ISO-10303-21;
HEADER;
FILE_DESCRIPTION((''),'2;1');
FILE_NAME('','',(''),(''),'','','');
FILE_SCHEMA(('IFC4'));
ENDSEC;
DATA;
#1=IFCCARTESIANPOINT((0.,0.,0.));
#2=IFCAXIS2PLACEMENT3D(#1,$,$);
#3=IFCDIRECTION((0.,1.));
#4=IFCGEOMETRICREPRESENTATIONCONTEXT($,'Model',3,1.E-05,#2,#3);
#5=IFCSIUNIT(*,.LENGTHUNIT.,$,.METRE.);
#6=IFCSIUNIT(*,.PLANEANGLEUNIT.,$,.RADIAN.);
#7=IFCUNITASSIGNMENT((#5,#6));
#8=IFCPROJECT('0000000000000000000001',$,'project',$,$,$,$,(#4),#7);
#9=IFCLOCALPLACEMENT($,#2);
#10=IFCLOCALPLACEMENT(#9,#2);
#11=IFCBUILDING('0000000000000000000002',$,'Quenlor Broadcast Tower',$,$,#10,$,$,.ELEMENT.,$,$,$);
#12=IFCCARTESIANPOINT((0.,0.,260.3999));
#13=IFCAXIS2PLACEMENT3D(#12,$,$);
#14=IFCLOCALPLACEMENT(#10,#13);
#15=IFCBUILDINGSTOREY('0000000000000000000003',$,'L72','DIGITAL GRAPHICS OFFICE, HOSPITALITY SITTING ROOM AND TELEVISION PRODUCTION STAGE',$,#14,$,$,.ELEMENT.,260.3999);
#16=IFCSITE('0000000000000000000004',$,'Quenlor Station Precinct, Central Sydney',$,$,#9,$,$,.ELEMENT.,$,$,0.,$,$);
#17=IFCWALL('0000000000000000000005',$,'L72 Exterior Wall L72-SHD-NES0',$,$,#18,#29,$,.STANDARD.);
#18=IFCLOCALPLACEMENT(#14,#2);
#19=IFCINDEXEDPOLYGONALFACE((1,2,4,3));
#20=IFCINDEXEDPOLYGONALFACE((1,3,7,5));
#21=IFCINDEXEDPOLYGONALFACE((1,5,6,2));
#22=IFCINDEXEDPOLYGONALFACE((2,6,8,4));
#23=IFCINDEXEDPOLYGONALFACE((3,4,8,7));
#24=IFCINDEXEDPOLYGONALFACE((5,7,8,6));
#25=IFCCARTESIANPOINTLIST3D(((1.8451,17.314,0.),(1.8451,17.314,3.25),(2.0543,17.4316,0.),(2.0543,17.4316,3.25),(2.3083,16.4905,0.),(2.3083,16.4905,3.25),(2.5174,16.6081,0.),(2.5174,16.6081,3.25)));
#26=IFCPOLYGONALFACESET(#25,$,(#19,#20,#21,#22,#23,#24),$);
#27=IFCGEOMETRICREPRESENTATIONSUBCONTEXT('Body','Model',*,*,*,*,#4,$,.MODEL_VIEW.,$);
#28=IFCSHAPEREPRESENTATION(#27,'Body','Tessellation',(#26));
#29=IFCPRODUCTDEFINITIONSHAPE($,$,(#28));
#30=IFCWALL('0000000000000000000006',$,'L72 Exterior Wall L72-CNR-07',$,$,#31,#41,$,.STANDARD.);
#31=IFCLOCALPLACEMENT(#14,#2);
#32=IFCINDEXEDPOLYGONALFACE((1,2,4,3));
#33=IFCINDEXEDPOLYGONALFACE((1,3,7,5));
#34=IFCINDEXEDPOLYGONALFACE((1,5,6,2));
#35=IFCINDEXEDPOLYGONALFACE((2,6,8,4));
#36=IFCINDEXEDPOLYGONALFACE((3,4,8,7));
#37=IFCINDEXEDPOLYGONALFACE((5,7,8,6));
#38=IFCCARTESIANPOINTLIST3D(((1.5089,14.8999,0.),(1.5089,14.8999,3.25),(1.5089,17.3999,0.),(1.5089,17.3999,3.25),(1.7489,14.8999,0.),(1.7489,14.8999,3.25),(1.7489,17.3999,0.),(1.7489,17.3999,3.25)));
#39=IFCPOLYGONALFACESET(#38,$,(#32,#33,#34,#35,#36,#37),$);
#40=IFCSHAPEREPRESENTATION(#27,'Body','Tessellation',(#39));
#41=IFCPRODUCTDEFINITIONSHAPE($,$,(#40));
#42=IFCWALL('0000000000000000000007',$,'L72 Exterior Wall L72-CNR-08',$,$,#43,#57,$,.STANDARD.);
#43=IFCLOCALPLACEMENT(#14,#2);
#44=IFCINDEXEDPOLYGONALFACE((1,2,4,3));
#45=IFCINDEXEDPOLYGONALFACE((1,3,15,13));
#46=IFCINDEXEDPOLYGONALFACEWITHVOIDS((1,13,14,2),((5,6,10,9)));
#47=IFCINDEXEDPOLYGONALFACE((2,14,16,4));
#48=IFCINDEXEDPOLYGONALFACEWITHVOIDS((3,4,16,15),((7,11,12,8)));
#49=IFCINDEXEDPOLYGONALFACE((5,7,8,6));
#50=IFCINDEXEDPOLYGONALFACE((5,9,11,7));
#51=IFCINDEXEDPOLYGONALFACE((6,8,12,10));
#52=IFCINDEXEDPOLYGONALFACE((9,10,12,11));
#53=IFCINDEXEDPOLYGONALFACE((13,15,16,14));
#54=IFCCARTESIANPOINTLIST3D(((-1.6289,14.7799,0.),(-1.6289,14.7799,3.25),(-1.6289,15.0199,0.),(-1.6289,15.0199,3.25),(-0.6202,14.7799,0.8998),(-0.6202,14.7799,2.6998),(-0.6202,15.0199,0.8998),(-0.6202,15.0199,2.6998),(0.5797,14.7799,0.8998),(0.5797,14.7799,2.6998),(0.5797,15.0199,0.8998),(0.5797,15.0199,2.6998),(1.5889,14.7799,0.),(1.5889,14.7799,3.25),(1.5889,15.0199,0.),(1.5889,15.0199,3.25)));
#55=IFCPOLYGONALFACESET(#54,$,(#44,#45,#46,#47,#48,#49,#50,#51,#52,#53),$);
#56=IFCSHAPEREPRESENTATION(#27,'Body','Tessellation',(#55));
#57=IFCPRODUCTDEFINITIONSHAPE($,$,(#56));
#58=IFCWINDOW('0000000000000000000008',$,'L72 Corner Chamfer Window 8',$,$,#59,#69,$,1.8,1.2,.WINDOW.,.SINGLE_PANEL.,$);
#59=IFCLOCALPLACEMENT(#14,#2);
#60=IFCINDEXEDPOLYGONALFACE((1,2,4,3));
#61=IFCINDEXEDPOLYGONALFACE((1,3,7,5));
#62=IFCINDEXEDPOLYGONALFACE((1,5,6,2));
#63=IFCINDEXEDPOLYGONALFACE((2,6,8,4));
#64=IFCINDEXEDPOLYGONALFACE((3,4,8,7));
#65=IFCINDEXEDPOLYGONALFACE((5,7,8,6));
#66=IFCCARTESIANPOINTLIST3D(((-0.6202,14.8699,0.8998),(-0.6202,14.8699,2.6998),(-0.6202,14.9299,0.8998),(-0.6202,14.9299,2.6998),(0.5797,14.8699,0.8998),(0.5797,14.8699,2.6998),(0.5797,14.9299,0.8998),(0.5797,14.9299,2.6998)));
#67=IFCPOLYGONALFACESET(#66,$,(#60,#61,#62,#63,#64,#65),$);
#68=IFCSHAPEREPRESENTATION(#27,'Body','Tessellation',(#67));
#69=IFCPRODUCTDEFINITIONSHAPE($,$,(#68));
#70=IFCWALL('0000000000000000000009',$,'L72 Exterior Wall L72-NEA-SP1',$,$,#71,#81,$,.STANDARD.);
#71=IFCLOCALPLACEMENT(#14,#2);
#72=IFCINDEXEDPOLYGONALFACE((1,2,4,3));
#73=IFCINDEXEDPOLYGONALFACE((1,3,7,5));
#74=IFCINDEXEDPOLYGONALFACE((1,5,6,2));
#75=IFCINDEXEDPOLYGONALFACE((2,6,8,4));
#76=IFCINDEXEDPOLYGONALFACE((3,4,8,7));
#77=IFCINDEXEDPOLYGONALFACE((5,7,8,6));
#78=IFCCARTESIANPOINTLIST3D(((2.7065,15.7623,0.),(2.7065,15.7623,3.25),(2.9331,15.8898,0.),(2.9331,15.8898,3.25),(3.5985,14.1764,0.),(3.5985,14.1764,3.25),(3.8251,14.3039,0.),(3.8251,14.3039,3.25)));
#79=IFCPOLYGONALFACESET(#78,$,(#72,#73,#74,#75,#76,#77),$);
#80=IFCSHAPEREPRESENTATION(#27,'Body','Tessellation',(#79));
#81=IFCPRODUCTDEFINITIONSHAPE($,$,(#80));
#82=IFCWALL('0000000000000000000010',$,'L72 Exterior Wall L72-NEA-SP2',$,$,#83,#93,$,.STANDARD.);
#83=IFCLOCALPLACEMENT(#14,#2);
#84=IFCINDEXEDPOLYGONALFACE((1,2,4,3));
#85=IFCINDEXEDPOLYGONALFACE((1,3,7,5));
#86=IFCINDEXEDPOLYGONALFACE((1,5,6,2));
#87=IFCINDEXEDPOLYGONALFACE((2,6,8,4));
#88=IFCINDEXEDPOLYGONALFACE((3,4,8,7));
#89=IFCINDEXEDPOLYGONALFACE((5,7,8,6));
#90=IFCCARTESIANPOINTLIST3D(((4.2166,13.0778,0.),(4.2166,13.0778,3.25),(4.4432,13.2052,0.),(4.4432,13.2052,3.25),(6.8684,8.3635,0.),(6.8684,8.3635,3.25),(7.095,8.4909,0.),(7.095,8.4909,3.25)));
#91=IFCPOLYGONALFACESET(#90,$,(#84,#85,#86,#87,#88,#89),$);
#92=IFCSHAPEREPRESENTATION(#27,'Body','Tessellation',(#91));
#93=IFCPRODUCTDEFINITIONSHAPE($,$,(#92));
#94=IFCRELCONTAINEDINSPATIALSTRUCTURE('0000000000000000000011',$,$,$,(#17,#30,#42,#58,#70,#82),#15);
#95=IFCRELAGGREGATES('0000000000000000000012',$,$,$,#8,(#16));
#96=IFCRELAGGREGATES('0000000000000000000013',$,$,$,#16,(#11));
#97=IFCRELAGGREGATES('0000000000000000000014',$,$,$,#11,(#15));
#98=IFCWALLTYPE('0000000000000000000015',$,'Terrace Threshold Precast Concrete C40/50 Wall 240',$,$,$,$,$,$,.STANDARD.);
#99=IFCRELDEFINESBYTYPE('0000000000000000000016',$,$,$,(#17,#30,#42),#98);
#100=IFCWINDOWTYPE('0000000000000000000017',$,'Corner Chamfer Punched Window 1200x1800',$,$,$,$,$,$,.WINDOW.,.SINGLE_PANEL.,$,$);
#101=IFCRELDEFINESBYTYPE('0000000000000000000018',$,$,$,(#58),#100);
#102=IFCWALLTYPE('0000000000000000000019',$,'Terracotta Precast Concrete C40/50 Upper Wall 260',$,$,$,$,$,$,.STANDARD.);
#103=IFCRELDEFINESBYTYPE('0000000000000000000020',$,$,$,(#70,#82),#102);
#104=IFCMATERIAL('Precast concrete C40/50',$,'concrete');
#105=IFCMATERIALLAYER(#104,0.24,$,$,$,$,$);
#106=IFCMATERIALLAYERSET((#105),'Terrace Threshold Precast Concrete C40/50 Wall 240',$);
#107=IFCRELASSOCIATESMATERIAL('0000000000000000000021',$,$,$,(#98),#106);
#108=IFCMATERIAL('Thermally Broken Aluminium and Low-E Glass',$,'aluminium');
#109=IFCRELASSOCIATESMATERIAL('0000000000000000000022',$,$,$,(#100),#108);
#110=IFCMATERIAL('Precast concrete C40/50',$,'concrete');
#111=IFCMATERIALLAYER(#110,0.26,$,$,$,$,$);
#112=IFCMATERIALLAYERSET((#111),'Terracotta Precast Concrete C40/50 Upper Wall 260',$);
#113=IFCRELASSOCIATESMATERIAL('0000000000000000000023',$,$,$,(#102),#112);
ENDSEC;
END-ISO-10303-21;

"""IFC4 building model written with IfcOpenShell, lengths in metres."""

from ifc_helpers import new_model, si_unit, direction, frame, frame_2d, origin, place, context, subcontext, project, spatial, rectangle, extrude, material, layer, layer_set, type_object, element, fill, save


model = new_model("IFC4")

# Units and contexts
model_context = context("Model", 3, precision=1e-05, world=origin(), true_north=direction((0.0, 1.0)))
body_context = subcontext(model_context, "Body", "Model", "MODEL_VIEW")
ifc_project = project(units=[si_unit("LENGTHUNIT", "METRE"), si_unit("PLANEANGLEUNIT", "RADIAN")], contexts=[model_context])

# Site, building, storey
site_placement = place(None, origin())
site = spatial("IfcSite", under=ifc_project, at=site_placement, Name="Quenlor Station Precinct, Central Sydney", CompositionType="ELEMENT", RefElevation=0.0)
building_placement = place(site_placement, origin())
building = spatial("IfcBuilding", under=site, at=building_placement, Name="Quenlor Broadcast Tower", CompositionType="ELEMENT")
storey_placement = place(building_placement, frame((0.0, 0.0, 260.3999)))
storey = spatial("IfcBuildingStorey", under=building, at=storey_placement, Name="L72", Description="DIGITAL GRAPHICS OFFICE, HOSPITALITY SITTING ROOM AND TELEVISION PRODUCTION STAGE", CompositionType="ELEMENT", Elevation=260.3999)

# Walls
ifc_material_1 = material(Name="Precast concrete C40/50", Category="concrete")
ifc_layer_1 = layer(ifc_material_1, 0.24)
ifc_layer_set_1 = layer_set([ifc_layer_1], Name="Terrace Threshold Precast Concrete C40/50 Wall 240")
wall_type_1 = type_object("IfcWallType", Name="Terrace Threshold Precast Concrete C40/50 Wall 240", PredefinedType="STANDARD", material=ifc_layer_set_1)
wall_1_placement = place(storey_placement, frame((1.9497, 17.3728, 0.0), z_axis=(0.0, 0.0, 1.0), x_axis=(0.4902, -0.87161, 0.0)))
element("IfcWall", 1, at=wall_1_placement, inside=storey, type_object=wall_type_1, Name="L72 Exterior Wall L72-SHD-NES0", PredefinedType="STANDARD", context=body_context, shape_type="SweptSolid", body=[
    extrude(rectangle(XDim=0.9448, YDim=0.24, at=frame_2d((0.4724, 0.0))), origin(), (0.0, 0.0, 1.0), 3.25),
])
wall_2_placement = place(storey_placement, frame((1.6289, 17.3999, 0.0), z_axis=(0.0, 0.0, 1.0), x_axis=(0.0, -1.0, 0.0)))
element("IfcWall", 2, at=wall_2_placement, inside=storey, type_object=wall_type_1, Name="L72 Exterior Wall L72-CNR-07", PredefinedType="STANDARD", context=body_context, shape_type="SweptSolid", body=[
    extrude(rectangle(XDim=2.5, YDim=0.24, at=frame_2d((1.25, 0.0))), origin(), (0.0, 0.0, 1.0), 3.25),
])

# Wall, opening, window
wall_3_placement = place(storey_placement, frame((1.5889, 14.8999, 0.0), z_axis=(0.0, 0.0, 1.0), x_axis=(-1.0, 0.0, 0.0)))
wall_3 = element("IfcWall", 3, at=wall_3_placement, inside=storey, type_object=wall_type_1, Name="L72 Exterior Wall L72-CNR-08", PredefinedType="STANDARD", context=body_context, shape_type="SweptSolid", body=[
    extrude(rectangle(XDim=3.2178, YDim=0.24, at=frame_2d((1.6089, 0.0))), origin(), (0.0, 0.0, 1.0), 3.25),
])
opening_placement = place(wall_3_placement, frame((1.009, 0.0, 0.8999)))
opening = element("IfcOpeningElement", 4, at=opening_placement, cuts=wall_3, PredefinedType="OPENING", context=body_context, shape_type="SweptSolid", body=[
    extrude(rectangle(XDim=1.2, YDim=1.8, at=frame_2d((0.6001, 0.8999))), frame((0.0, 0.1299, 0.0), z_axis=(0.0, -1.0, 0.0), x_axis=(1.0, 0.0, 0.0)), (0.0, 0.0, 1.0), 0.26),
])
ifc_material_2 = material(Name="Thermally Broken Aluminium and Low-E Glass", Category="aluminium")
window_type = type_object("IfcWindowType", Name="Corner Chamfer Punched Window 1200x1800", PartitioningType="SINGLE_PANEL", PredefinedType="WINDOW", material=ifc_material_2)
window_placement = place(opening_placement, origin())
window = element("IfcWindow", 5, at=window_placement, inside=storey, type_object=window_type, Name="L72 Corner Chamfer Window 8", OverallHeight=1.8, OverallWidth=1.2, PartitioningType="SINGLE_PANEL", PredefinedType="WINDOW", context=body_context, shape_type="SweptSolid", body=[
    extrude(rectangle(XDim=1.2, YDim=1.8, at=frame_2d((0.6001, 0.8999))), frame((0.0, 0.03, 0.0), z_axis=(0.0, -1.0, 0.0), x_axis=(1.0, 0.0, 0.0)), (0.0, 0.0, 1.0), 0.0601),
])
fill(opening, window)

# Walls
ifc_material_3 = material(Name="Precast concrete C40/50", Category="concrete")
ifc_layer_2 = layer(ifc_material_3, 0.26)
ifc_layer_set_2 = layer_set([ifc_layer_2], Name="Terracotta Precast Concrete C40/50 Upper Wall 260")
wall_type_2 = type_object("IfcWallType", Name="Terracotta Precast Concrete C40/50 Upper Wall 260", PredefinedType="STANDARD", material=ifc_layer_set_2)
wall_4_placement = place(storey_placement, frame((2.8198, 15.8259, 0.0), z_axis=(0.0, 0.0, 1.0), x_axis=(0.490261, -0.871576, 0.0)))
element("IfcWall", 6, at=wall_4_placement, inside=storey, type_object=wall_type_2, Name="L72 Exterior Wall L72-NEA-SP1", PredefinedType="STANDARD", context=body_context, shape_type="SweptSolid", body=[
    extrude(rectangle(XDim=1.8196, YDim=0.26, at=frame_2d((0.9097, 0.0))), origin(), (0.0, 0.0, 1.0), 3.25),
])
wall_5_placement = place(storey_placement, frame((4.3298, 13.1416, 0.0), z_axis=(0.0, 0.0, 1.0), x_axis=(0.490266, -0.871573, 0.0)))
element("IfcWall", 7, at=wall_5_placement, inside=storey, type_object=wall_type_2, Name="L72 Exterior Wall L72-NEA-SP2", PredefinedType="STANDARD", context=body_context, shape_type="SweptSolid", body=[
    extrude(rectangle(XDim=5.4089, YDim=0.26, at=frame_2d((2.7046, 0.0))), origin(), (0.0, 0.0, 1.0), 3.25),
])

save(model, "model.ifc")
